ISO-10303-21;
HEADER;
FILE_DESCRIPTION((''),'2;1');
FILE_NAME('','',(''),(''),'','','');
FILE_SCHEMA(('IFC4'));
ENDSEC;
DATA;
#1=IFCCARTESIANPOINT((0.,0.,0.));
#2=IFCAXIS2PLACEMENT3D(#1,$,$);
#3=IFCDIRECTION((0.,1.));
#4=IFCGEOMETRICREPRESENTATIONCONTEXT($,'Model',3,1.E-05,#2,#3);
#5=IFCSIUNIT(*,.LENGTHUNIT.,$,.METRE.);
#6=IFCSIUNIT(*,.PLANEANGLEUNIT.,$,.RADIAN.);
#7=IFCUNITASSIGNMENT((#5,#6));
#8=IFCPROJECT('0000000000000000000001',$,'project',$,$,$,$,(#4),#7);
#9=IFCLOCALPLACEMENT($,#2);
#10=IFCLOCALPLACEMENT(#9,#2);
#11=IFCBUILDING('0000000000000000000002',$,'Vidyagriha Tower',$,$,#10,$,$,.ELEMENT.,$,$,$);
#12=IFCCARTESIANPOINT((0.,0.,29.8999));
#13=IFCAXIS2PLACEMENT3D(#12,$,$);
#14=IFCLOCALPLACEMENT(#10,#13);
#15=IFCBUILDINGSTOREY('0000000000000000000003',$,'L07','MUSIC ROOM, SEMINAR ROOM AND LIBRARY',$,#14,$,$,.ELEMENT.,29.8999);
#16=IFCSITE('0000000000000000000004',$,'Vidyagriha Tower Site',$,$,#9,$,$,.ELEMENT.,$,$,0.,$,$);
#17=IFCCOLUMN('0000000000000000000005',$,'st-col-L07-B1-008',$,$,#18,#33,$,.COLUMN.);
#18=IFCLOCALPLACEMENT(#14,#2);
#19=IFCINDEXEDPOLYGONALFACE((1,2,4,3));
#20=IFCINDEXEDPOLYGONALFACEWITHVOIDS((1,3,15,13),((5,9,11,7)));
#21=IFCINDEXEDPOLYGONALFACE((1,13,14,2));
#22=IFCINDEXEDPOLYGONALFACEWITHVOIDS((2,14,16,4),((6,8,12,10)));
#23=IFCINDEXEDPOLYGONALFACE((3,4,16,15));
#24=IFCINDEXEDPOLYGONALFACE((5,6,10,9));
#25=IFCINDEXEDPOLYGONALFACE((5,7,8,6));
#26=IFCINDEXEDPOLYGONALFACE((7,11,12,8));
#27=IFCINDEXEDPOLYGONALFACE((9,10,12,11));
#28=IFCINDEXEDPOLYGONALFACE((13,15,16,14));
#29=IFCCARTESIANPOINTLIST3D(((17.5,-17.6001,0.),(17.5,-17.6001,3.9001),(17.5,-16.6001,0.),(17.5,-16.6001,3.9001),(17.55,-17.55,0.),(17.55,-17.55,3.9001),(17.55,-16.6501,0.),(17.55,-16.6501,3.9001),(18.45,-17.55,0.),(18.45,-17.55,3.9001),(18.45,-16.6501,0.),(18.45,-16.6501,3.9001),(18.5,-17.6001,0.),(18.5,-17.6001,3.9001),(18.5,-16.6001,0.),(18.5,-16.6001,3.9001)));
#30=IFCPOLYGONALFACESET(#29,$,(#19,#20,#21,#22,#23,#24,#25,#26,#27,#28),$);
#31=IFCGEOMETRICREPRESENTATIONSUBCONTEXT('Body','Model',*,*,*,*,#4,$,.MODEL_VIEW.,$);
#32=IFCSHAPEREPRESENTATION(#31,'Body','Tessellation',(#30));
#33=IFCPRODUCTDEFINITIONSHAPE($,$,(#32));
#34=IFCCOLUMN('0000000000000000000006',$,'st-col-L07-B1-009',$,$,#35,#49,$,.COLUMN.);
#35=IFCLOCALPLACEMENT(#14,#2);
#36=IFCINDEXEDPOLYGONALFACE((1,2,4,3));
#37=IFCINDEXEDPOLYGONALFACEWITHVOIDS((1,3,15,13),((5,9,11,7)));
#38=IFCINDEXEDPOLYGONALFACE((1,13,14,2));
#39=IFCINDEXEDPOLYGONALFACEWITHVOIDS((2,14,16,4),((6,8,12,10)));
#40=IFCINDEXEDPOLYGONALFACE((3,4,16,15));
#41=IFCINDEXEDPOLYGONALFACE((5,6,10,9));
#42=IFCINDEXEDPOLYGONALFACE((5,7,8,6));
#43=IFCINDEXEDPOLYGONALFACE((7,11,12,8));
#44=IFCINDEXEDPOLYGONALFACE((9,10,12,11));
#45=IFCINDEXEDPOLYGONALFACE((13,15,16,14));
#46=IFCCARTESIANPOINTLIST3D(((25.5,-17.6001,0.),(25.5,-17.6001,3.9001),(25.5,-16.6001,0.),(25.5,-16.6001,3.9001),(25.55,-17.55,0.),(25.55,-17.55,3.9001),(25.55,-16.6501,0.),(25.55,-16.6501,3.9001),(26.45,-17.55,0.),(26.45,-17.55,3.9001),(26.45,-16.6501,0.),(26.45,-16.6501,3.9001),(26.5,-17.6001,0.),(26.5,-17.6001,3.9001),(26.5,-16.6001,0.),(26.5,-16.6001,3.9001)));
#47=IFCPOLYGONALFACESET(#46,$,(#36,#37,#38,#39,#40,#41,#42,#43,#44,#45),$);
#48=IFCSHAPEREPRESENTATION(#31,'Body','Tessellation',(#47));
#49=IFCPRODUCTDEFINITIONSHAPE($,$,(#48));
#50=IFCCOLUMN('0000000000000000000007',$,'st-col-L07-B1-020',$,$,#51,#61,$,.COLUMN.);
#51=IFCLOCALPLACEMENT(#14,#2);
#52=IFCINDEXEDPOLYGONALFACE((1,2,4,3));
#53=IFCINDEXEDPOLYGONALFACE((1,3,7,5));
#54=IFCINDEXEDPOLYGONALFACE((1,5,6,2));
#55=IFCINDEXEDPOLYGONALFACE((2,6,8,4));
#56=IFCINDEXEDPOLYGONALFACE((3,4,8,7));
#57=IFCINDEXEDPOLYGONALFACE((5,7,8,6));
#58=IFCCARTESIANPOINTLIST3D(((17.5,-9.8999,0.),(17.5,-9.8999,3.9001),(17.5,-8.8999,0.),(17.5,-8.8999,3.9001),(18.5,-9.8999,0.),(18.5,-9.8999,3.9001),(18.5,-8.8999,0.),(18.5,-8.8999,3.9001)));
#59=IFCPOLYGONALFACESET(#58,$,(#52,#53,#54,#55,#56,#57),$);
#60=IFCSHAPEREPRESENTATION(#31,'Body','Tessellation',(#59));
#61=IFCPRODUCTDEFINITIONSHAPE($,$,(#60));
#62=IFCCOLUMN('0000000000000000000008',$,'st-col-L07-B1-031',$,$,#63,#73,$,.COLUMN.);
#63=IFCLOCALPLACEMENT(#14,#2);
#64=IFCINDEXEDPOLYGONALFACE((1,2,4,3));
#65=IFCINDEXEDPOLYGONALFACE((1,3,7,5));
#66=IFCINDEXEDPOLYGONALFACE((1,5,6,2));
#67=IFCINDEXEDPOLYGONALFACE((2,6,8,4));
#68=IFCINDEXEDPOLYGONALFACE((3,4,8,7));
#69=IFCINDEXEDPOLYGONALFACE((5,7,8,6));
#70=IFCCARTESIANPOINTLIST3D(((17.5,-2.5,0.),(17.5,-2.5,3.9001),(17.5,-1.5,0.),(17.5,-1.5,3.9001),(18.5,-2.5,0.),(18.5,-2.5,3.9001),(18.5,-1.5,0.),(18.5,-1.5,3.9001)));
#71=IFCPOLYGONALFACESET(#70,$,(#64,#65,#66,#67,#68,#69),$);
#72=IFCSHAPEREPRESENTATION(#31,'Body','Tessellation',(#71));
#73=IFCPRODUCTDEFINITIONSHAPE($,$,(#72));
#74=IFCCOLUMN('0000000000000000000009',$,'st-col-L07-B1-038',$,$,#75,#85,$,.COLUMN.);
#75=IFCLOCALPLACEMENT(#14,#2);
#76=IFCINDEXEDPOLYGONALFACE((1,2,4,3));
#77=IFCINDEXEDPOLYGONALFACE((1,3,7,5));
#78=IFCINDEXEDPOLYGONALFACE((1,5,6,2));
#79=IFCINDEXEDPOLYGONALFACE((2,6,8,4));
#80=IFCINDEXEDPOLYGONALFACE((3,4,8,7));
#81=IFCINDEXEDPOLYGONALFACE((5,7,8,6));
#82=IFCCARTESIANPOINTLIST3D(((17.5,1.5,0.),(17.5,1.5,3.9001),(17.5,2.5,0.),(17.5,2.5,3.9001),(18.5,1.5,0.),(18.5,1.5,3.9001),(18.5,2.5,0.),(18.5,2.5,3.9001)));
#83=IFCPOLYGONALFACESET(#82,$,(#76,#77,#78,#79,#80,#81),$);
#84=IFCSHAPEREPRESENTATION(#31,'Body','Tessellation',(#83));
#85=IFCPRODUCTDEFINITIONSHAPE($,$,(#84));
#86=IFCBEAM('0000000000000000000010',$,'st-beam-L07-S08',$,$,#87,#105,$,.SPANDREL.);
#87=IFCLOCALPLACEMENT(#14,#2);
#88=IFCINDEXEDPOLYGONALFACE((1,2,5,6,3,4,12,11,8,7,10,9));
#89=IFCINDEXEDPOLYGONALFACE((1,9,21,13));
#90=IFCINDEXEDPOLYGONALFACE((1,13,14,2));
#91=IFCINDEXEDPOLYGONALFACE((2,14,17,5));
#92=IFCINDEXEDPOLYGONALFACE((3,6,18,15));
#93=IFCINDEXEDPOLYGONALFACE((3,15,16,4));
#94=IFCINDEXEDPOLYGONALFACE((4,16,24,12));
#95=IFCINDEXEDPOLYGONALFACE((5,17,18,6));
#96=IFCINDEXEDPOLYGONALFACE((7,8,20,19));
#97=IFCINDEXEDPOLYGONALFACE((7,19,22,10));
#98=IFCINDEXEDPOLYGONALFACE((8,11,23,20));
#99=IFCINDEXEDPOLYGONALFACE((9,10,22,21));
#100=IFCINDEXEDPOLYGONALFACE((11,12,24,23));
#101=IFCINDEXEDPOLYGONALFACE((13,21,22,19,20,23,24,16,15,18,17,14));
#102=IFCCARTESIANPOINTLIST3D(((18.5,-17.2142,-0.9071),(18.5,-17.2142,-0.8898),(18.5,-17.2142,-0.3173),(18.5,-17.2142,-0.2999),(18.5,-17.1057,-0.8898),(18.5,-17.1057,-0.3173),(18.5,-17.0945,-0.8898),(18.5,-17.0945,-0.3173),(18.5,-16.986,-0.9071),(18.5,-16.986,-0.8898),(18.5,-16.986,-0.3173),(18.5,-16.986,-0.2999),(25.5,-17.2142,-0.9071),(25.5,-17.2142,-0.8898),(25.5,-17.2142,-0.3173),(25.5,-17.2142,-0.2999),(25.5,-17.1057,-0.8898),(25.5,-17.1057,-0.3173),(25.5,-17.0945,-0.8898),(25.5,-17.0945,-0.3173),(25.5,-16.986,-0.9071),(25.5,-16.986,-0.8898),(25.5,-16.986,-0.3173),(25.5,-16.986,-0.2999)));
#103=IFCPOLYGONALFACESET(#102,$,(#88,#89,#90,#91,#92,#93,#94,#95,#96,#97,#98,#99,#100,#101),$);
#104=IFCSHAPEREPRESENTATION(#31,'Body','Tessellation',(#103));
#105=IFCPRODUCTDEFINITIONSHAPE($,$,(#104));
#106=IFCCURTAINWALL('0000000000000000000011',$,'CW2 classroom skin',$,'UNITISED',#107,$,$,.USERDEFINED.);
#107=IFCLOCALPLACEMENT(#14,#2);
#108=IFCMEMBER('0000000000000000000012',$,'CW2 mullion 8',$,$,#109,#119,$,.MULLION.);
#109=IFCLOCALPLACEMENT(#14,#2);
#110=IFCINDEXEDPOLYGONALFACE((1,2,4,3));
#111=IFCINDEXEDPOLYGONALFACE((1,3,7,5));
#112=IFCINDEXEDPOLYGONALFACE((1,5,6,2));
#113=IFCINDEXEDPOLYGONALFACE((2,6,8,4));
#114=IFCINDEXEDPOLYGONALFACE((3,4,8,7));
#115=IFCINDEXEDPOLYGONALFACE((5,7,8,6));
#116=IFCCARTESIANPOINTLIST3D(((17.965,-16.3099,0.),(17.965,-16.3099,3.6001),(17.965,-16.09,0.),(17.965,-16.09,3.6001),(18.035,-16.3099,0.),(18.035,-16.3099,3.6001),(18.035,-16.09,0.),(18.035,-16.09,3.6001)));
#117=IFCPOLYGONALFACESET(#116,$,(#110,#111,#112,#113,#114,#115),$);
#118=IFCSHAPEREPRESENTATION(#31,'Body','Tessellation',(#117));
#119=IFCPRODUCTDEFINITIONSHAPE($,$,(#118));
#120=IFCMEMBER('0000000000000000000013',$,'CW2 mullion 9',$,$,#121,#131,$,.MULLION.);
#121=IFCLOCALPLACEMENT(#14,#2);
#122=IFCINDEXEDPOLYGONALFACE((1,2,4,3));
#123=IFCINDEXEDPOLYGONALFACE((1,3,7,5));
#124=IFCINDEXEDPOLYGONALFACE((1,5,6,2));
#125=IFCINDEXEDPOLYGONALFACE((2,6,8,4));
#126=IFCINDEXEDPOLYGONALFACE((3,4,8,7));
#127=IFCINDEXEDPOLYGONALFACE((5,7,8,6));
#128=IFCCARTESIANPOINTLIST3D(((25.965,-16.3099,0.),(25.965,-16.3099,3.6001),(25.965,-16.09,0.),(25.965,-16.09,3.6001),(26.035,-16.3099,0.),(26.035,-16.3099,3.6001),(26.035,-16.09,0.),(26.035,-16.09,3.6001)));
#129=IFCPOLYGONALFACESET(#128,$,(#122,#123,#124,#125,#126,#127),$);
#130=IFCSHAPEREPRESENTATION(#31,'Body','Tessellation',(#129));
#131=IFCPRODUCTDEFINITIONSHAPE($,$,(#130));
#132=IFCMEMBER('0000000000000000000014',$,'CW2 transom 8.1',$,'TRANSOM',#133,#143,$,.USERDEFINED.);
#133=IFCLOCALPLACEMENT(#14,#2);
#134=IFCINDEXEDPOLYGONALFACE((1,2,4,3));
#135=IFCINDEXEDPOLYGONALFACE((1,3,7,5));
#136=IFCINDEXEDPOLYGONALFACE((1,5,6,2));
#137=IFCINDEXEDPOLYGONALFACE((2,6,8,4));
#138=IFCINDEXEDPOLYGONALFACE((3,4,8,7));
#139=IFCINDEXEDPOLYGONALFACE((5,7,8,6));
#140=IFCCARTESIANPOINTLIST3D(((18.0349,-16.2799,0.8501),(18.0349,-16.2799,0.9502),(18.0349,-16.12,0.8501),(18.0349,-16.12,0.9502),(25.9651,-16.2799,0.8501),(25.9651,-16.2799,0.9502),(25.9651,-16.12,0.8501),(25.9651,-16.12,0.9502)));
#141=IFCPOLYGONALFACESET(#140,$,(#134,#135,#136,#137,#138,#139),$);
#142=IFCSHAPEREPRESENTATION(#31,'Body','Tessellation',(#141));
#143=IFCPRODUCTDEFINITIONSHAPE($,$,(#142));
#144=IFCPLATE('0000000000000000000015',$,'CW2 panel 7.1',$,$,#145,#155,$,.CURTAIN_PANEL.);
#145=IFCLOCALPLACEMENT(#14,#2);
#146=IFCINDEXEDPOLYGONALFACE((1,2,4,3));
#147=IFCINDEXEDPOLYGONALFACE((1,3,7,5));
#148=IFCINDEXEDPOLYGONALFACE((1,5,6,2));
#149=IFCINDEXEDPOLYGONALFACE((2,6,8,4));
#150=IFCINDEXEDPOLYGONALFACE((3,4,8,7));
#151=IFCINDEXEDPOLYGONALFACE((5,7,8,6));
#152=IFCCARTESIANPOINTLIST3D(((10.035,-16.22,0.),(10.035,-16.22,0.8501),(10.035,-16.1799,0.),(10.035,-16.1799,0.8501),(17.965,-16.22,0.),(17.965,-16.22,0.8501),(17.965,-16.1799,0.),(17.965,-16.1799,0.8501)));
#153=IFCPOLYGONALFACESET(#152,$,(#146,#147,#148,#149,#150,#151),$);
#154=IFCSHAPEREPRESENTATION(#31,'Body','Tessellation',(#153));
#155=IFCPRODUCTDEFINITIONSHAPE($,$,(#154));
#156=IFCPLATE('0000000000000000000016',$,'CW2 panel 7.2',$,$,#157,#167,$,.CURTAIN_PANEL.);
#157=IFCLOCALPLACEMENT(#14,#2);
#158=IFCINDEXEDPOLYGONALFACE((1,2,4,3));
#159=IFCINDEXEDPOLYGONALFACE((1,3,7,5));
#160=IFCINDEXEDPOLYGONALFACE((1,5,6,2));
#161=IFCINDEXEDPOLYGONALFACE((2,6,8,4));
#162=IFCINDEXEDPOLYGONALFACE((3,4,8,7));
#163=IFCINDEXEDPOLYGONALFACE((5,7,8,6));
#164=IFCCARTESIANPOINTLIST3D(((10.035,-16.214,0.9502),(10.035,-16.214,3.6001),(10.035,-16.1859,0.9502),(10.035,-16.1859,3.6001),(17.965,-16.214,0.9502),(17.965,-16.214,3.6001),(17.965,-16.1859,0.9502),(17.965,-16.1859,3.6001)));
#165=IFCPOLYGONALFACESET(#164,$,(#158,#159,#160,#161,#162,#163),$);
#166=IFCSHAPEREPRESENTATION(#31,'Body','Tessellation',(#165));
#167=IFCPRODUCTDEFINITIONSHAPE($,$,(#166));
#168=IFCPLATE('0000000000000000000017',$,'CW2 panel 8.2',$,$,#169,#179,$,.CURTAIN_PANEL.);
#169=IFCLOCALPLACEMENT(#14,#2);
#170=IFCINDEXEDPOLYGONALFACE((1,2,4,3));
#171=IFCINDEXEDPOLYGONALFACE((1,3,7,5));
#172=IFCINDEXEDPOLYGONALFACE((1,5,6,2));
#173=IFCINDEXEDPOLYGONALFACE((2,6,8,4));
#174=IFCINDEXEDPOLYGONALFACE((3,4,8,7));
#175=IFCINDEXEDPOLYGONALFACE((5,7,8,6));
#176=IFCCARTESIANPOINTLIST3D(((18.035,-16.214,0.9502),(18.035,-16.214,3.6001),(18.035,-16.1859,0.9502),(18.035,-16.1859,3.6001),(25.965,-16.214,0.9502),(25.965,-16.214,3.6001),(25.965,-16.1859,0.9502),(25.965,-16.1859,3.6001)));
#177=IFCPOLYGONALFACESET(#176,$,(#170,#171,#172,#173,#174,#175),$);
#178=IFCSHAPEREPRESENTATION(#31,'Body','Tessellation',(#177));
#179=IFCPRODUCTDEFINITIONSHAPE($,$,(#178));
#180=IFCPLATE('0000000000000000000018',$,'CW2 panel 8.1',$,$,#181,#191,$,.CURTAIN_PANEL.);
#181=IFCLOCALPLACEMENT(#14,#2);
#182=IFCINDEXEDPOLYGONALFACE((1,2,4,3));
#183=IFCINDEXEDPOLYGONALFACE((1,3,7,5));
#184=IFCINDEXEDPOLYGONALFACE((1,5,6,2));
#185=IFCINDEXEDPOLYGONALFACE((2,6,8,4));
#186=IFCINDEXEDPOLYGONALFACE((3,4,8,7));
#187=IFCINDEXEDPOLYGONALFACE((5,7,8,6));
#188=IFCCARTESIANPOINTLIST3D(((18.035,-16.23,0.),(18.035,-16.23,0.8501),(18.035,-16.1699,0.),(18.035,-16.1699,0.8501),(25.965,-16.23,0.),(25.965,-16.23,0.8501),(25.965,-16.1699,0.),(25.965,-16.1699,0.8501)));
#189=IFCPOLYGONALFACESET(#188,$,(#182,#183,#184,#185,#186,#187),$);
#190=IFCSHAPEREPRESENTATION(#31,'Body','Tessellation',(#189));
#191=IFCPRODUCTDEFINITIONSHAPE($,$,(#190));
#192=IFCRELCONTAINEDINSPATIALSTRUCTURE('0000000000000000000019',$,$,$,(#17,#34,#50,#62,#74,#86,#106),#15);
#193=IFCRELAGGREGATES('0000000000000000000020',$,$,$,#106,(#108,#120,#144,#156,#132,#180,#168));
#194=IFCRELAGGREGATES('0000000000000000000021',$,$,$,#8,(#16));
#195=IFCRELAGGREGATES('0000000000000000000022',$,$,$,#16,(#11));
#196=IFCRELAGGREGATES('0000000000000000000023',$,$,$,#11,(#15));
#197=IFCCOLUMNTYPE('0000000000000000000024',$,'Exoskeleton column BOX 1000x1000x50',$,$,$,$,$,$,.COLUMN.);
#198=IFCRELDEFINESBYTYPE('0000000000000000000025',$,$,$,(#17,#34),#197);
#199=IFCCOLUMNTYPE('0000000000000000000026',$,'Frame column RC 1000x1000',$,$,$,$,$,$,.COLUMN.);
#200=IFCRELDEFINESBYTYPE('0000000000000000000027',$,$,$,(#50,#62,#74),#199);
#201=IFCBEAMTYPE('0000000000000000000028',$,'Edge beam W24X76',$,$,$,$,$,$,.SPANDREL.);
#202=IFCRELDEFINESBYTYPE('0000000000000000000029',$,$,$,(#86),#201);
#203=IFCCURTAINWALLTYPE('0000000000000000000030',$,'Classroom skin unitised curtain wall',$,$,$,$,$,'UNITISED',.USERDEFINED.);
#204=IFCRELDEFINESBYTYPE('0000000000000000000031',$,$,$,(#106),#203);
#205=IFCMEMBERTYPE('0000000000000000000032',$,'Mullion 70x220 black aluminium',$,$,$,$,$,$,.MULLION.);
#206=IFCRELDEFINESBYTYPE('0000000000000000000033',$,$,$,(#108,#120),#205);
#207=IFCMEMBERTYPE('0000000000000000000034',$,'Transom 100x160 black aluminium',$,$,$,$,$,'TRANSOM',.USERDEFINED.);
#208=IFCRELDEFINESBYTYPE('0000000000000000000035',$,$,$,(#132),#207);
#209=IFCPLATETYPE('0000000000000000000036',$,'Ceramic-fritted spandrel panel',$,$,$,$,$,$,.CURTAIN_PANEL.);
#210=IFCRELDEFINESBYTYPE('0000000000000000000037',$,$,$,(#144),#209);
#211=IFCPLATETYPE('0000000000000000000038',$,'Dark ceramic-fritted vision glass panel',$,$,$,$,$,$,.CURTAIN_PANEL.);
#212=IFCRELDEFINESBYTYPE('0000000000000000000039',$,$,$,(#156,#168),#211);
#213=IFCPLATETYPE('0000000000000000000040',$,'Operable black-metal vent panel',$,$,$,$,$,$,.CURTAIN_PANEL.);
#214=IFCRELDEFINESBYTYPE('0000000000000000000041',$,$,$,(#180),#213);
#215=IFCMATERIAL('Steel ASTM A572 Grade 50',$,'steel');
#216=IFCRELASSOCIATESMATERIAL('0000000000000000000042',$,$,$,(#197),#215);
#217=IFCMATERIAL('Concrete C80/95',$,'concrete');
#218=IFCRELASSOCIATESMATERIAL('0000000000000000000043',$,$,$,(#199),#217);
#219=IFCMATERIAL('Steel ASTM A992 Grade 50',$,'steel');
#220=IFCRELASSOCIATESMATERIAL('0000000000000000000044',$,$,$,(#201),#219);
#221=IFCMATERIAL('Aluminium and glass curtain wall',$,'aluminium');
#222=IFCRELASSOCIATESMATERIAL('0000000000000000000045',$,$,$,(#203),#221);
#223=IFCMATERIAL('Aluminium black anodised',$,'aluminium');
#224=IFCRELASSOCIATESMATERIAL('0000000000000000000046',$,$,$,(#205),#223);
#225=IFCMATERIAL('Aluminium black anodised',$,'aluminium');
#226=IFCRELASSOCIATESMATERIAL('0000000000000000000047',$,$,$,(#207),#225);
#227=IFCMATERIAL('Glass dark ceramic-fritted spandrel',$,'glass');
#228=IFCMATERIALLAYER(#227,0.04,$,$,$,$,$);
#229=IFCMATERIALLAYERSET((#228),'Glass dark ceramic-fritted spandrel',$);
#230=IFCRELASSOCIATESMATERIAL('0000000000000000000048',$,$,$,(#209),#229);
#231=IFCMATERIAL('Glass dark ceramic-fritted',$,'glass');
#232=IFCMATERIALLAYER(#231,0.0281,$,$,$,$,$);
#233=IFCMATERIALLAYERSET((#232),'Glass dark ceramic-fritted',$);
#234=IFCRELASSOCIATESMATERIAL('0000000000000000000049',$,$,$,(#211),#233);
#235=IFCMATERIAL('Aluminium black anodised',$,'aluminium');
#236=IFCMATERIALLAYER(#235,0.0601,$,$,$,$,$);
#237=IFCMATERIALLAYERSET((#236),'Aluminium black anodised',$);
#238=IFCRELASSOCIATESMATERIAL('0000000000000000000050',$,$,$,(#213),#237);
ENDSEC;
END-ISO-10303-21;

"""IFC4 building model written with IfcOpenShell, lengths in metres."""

from ifc_helpers import new_model, si_unit, direction, frame, origin, origin_2d, place, context, subcontext, project, spatial, rectangle, hollow_rectangle, i_section, extrude, material, layer, layer_set, material_profile, profile_set, type_object, element, aggregate, save


model = new_model("IFC4")

# Units and contexts
model_context = context("Model", 3, precision=1e-05, world=origin(), true_north=direction((0.0, 1.0)))
body_context = subcontext(model_context, "Body", "Model", "MODEL_VIEW")
ifc_project = project(units=[si_unit("LENGTHUNIT", "METRE"), si_unit("PLANEANGLEUNIT", "RADIAN")], contexts=[model_context])

# Site, building, storey
site_placement = place(None, origin())
site = spatial("IfcSite", under=ifc_project, at=site_placement, Name="Vidyagriha Tower Site", CompositionType="ELEMENT", RefElevation=0.0)
building_placement = place(site_placement, origin())
building = spatial("IfcBuilding", under=site, at=building_placement, Name="Vidyagriha Tower", CompositionType="ELEMENT")
storey_placement = place(building_placement, frame((0.0, 0.0, 29.8999)))
storey = spatial("IfcBuildingStorey", under=building, at=storey_placement, Name="L07", Description="MUSIC ROOM, SEMINAR ROOM AND LIBRARY", CompositionType="ELEMENT", Elevation=29.8999)

# Columns
ifc_material_1 = material(Name="Steel ASTM A572 Grade 50", Category="steel")
ifc_material_profile_1 = material_profile(ifc_material_1, hollow_rectangle(XDim=1.0, YDim=1.0, WallThickness=0.05, at=origin_2d()), Name="BOX 1000x1000x50")
ifc_profile_set_1 = profile_set([ifc_material_profile_1], Name="Steel ASTM A572 Grade 50")
column_type_1 = type_object("IfcColumnType", Name="Exoskeleton column BOX 1000x1000x50", PredefinedType="COLUMN", material=ifc_profile_set_1)
for number, where, name in (
    (1, (18.0, -17.1001, 0.0), "st-col-L07-B1-008"),
    (2, (26.0, -17.1001, 0.0), "st-col-L07-B1-009"),
):
    element("IfcColumn", number, at=place(storey_placement, frame(where)), inside=storey, type_object=column_type_1, Name=name, PredefinedType="COLUMN", context=body_context, shape_type="SweptSolid", body=[
        extrude(hollow_rectangle(XDim=1.0, YDim=1.0, WallThickness=0.05, at=origin_2d()), origin(), (0.0, 0.0, 1.0), 3.9001),
    ])
ifc_material_2 = material(Name="Concrete C80/95", Category="concrete")
ifc_material_profile_2 = material_profile(ifc_material_2, rectangle(XDim=1.0, YDim=1.0, at=origin_2d()), Name="RC 1000x1000")
ifc_profile_set_2 = profile_set([ifc_material_profile_2], Name="Concrete C80/95")
column_type_2 = type_object("IfcColumnType", Name="Frame column RC 1000x1000", PredefinedType="COLUMN", material=ifc_profile_set_2)
for number, where, name in (
    (3, (18.0, -9.3999, 0.0), "st-col-L07-B1-020"),
    (4, (18.0, -2.0, 0.0), "st-col-L07-B1-031"),
    (5, (18.0, 2.0, 0.0), "st-col-L07-B1-038"),
):
    element("IfcColumn", number, at=place(storey_placement, frame(where)), inside=storey, type_object=column_type_2, Name=name, PredefinedType="COLUMN", context=body_context, shape_type="SweptSolid", body=[
        extrude(rectangle(XDim=1.0, YDim=1.0, at=origin_2d()), origin(), (0.0, 0.0, 1.0), 3.9001),
    ])

# Beam
ifc_material_3 = material(Name="Steel ASTM A992 Grade 50", Category="steel")
ifc_material_profile_3 = material_profile(ifc_material_3, i_section(OverallWidth=0.2283, OverallDepth=0.6072, WebThickness=0.0112, FlangeThickness=0.0173, at=origin_2d()), Name="W24X76")
ifc_profile_set_3 = profile_set([ifc_material_profile_3], Name="Steel ASTM A992 Grade 50")
beam_type = type_object("IfcBeamType", Name="Edge beam W24X76", PredefinedType="SPANDREL", material=ifc_profile_set_3)
beam_placement = place(storey_placement, frame((18.5, -17.1001, -0.6035), z_axis=(1.0, 0.0, 0.0), x_axis=(0.0, 1.0, 0.0)))
element("IfcBeam", 6, at=beam_placement, inside=storey, type_object=beam_type, Name="st-beam-L07-S08", PredefinedType="SPANDREL", context=body_context, shape_type="SweptSolid", body=[
    extrude(i_section(OverallWidth=0.2283, OverallDepth=0.6072, WebThickness=0.0112, FlangeThickness=0.0173, at=origin_2d()), origin(), (0.0, 0.0, 1.0), 7.0),
])

# Curtain wall, members, plates
ifc_material_4 = material(Name="Aluminium and glass curtain wall", Category="aluminium")
curtain_wall_type = type_object("IfcCurtainWallType", Name="Classroom skin unitised curtain wall", ElementType="UNITISED", PredefinedType="USERDEFINED", material=ifc_material_4)
curtain_wall_placement = place(storey_placement, origin())
curtain_wall = element("IfcCurtainWall", 7, at=curtain_wall_placement, inside=storey, type_object=curtain_wall_type, Name="CW2 classroom skin", ObjectType="UNITISED", PredefinedType="USERDEFINED")
ifc_material_5 = material(Name="Aluminium black anodised", Category="aluminium")
ifc_material_profile_4 = material_profile(ifc_material_5, rectangle(XDim=0.22, YDim=0.0701, at=origin_2d()), Name="Mullion 70x220 black aluminium")
ifc_profile_set_4 = profile_set([ifc_material_profile_4], Name="Aluminium black anodised")
member_type_1 = type_object("IfcMemberType", Name="Mullion 70x220 black aluminium", PredefinedType="MULLION", material=ifc_profile_set_4)
member_1_placement = place(storey_placement, frame((18.0, -16.2, 0.0), z_axis=(0.0, 0.0, 1.0), x_axis=(0.0, 1.0, 0.0)))
member_1 = element("IfcMember", 8, at=member_1_placement, type_object=member_type_1, Name="CW2 mullion 8", PredefinedType="MULLION", context=body_context, shape_type="SweptSolid", body=[
    extrude(rectangle(XDim=0.22, YDim=0.0701, at=origin_2d()), origin(), (0.0, 0.0, 1.0), 3.6001),
])
member_2_placement = place(storey_placement, frame((26.0, -16.2, 0.0), z_axis=(0.0, 0.0, 1.0), x_axis=(0.0, 1.0, 0.0)))
member_2 = element("IfcMember", 9, at=member_2_placement, type_object=member_type_1, Name="CW2 mullion 9", PredefinedType="MULLION", context=body_context, shape_type="SweptSolid", body=[
    extrude(rectangle(XDim=0.22, YDim=0.0701, at=origin_2d()), origin(), (0.0, 0.0, 1.0), 3.6001),
])
ifc_material_6 = material(Name="Aluminium black anodised", Category="aluminium")
ifc_material_profile_5 = material_profile(ifc_material_6, rectangle(XDim=0.1599, YDim=0.1001, at=origin_2d()), Name="Transom 100x160 black aluminium")
ifc_profile_set_5 = profile_set([ifc_material_profile_5], Name="Aluminium black anodised")
member_type_2 = type_object("IfcMemberType", Name="Transom 100x160 black aluminium", ElementType="TRANSOM", PredefinedType="USERDEFINED", material=ifc_profile_set_5)
member_3_placement = place(storey_placement, frame((18.0349, -16.2, 0.9001), z_axis=(1.0, 0.0, 0.0), x_axis=(0.0, 1.0, 0.0)))
member_3 = element("IfcMember", 10, at=member_3_placement, type_object=member_type_2, Name="CW2 transom 8.1", ObjectType="TRANSOM", PredefinedType="USERDEFINED", context=body_context, shape_type="SweptSolid", body=[
    extrude(rectangle(XDim=0.1599, YDim=0.1001, at=origin_2d()), origin(), (0.0, 0.0, 1.0), 7.9302),
])
ifc_material_7 = material(Name="Glass dark ceramic-fritted spandrel", Category="glass")
ifc_layer_1 = layer(ifc_material_7, 0.04)
ifc_layer_set_1 = layer_set([ifc_layer_1], Name="Glass dark ceramic-fritted spandrel")
plate_type_1 = type_object("IfcPlateType", Name="Ceramic-fritted spandrel panel", PredefinedType="CURTAIN_PANEL", material=ifc_layer_set_1)
plate_1_placement = place(storey_placement, frame((14.0, -16.2, 0.0)))
plate_1 = element("IfcPlate", 11, at=plate_1_placement, type_object=plate_type_1, Name="CW2 panel 7.1", PredefinedType="CURTAIN_PANEL", context=body_context, shape_type="SweptSolid", body=[
    extrude(rectangle(XDim=7.9299, YDim=0.04, at=origin_2d()), origin(), (0.0, 0.0, 1.0), 0.8501),
])
ifc_material_8 = material(Name="Glass dark ceramic-fritted", Category="glass")
ifc_layer_2 = layer(ifc_material_8, 0.0281)
ifc_layer_set_2 = layer_set([ifc_layer_2], Name="Glass dark ceramic-fritted")
plate_type_2 = type_object("IfcPlateType", Name="Dark ceramic-fritted vision glass panel", PredefinedType="CURTAIN_PANEL", material=ifc_layer_set_2)
plate_2_placement = place(storey_placement, frame((14.0, -16.2, 0.9502)))
plate_2 = element("IfcPlate", 12, at=plate_2_placement, type_object=plate_type_2, Name="CW2 panel 7.2", PredefinedType="CURTAIN_PANEL", context=body_context, shape_type="SweptSolid", body=[
    extrude(rectangle(XDim=7.9299, YDim=0.0281, at=origin_2d()), origin(), (0.0, 0.0, 1.0), 2.6499),
])
plate_3_placement = place(storey_placement, frame((22.0, -16.2, 0.9502)))
plate_3 = element("IfcPlate", 13, at=plate_3_placement, type_object=plate_type_2, Name="CW2 panel 8.2", PredefinedType="CURTAIN_PANEL", context=body_context, shape_type="SweptSolid", body=[
    extrude(rectangle(XDim=7.9299, YDim=0.0281, at=origin_2d()), origin(), (0.0, 0.0, 1.0), 2.6499),
])
ifc_material_9 = material(Name="Aluminium black anodised", Category="aluminium")
ifc_layer_3 = layer(ifc_material_9, 0.0601)
ifc_layer_set_3 = layer_set([ifc_layer_3], Name="Aluminium black anodised")
plate_type_3 = type_object("IfcPlateType", Name="Operable black-metal vent panel", PredefinedType="CURTAIN_PANEL", material=ifc_layer_set_3)
plate_4_placement = place(storey_placement, frame((22.0, -16.2, 0.0)))
plate_4 = element("IfcPlate", 14, at=plate_4_placement, type_object=plate_type_3, Name="CW2 panel 8.1", PredefinedType="CURTAIN_PANEL", context=body_context, shape_type="SweptSolid", body=[
    extrude(rectangle(XDim=7.9299, YDim=0.0601, at=origin_2d()), origin(), (0.0, 0.0, 1.0), 0.8501),
])
aggregate(curtain_wall, [member_1, member_2, plate_1, plate_2, member_3, plate_4, plate_3])

save(model, "model.ifc")
